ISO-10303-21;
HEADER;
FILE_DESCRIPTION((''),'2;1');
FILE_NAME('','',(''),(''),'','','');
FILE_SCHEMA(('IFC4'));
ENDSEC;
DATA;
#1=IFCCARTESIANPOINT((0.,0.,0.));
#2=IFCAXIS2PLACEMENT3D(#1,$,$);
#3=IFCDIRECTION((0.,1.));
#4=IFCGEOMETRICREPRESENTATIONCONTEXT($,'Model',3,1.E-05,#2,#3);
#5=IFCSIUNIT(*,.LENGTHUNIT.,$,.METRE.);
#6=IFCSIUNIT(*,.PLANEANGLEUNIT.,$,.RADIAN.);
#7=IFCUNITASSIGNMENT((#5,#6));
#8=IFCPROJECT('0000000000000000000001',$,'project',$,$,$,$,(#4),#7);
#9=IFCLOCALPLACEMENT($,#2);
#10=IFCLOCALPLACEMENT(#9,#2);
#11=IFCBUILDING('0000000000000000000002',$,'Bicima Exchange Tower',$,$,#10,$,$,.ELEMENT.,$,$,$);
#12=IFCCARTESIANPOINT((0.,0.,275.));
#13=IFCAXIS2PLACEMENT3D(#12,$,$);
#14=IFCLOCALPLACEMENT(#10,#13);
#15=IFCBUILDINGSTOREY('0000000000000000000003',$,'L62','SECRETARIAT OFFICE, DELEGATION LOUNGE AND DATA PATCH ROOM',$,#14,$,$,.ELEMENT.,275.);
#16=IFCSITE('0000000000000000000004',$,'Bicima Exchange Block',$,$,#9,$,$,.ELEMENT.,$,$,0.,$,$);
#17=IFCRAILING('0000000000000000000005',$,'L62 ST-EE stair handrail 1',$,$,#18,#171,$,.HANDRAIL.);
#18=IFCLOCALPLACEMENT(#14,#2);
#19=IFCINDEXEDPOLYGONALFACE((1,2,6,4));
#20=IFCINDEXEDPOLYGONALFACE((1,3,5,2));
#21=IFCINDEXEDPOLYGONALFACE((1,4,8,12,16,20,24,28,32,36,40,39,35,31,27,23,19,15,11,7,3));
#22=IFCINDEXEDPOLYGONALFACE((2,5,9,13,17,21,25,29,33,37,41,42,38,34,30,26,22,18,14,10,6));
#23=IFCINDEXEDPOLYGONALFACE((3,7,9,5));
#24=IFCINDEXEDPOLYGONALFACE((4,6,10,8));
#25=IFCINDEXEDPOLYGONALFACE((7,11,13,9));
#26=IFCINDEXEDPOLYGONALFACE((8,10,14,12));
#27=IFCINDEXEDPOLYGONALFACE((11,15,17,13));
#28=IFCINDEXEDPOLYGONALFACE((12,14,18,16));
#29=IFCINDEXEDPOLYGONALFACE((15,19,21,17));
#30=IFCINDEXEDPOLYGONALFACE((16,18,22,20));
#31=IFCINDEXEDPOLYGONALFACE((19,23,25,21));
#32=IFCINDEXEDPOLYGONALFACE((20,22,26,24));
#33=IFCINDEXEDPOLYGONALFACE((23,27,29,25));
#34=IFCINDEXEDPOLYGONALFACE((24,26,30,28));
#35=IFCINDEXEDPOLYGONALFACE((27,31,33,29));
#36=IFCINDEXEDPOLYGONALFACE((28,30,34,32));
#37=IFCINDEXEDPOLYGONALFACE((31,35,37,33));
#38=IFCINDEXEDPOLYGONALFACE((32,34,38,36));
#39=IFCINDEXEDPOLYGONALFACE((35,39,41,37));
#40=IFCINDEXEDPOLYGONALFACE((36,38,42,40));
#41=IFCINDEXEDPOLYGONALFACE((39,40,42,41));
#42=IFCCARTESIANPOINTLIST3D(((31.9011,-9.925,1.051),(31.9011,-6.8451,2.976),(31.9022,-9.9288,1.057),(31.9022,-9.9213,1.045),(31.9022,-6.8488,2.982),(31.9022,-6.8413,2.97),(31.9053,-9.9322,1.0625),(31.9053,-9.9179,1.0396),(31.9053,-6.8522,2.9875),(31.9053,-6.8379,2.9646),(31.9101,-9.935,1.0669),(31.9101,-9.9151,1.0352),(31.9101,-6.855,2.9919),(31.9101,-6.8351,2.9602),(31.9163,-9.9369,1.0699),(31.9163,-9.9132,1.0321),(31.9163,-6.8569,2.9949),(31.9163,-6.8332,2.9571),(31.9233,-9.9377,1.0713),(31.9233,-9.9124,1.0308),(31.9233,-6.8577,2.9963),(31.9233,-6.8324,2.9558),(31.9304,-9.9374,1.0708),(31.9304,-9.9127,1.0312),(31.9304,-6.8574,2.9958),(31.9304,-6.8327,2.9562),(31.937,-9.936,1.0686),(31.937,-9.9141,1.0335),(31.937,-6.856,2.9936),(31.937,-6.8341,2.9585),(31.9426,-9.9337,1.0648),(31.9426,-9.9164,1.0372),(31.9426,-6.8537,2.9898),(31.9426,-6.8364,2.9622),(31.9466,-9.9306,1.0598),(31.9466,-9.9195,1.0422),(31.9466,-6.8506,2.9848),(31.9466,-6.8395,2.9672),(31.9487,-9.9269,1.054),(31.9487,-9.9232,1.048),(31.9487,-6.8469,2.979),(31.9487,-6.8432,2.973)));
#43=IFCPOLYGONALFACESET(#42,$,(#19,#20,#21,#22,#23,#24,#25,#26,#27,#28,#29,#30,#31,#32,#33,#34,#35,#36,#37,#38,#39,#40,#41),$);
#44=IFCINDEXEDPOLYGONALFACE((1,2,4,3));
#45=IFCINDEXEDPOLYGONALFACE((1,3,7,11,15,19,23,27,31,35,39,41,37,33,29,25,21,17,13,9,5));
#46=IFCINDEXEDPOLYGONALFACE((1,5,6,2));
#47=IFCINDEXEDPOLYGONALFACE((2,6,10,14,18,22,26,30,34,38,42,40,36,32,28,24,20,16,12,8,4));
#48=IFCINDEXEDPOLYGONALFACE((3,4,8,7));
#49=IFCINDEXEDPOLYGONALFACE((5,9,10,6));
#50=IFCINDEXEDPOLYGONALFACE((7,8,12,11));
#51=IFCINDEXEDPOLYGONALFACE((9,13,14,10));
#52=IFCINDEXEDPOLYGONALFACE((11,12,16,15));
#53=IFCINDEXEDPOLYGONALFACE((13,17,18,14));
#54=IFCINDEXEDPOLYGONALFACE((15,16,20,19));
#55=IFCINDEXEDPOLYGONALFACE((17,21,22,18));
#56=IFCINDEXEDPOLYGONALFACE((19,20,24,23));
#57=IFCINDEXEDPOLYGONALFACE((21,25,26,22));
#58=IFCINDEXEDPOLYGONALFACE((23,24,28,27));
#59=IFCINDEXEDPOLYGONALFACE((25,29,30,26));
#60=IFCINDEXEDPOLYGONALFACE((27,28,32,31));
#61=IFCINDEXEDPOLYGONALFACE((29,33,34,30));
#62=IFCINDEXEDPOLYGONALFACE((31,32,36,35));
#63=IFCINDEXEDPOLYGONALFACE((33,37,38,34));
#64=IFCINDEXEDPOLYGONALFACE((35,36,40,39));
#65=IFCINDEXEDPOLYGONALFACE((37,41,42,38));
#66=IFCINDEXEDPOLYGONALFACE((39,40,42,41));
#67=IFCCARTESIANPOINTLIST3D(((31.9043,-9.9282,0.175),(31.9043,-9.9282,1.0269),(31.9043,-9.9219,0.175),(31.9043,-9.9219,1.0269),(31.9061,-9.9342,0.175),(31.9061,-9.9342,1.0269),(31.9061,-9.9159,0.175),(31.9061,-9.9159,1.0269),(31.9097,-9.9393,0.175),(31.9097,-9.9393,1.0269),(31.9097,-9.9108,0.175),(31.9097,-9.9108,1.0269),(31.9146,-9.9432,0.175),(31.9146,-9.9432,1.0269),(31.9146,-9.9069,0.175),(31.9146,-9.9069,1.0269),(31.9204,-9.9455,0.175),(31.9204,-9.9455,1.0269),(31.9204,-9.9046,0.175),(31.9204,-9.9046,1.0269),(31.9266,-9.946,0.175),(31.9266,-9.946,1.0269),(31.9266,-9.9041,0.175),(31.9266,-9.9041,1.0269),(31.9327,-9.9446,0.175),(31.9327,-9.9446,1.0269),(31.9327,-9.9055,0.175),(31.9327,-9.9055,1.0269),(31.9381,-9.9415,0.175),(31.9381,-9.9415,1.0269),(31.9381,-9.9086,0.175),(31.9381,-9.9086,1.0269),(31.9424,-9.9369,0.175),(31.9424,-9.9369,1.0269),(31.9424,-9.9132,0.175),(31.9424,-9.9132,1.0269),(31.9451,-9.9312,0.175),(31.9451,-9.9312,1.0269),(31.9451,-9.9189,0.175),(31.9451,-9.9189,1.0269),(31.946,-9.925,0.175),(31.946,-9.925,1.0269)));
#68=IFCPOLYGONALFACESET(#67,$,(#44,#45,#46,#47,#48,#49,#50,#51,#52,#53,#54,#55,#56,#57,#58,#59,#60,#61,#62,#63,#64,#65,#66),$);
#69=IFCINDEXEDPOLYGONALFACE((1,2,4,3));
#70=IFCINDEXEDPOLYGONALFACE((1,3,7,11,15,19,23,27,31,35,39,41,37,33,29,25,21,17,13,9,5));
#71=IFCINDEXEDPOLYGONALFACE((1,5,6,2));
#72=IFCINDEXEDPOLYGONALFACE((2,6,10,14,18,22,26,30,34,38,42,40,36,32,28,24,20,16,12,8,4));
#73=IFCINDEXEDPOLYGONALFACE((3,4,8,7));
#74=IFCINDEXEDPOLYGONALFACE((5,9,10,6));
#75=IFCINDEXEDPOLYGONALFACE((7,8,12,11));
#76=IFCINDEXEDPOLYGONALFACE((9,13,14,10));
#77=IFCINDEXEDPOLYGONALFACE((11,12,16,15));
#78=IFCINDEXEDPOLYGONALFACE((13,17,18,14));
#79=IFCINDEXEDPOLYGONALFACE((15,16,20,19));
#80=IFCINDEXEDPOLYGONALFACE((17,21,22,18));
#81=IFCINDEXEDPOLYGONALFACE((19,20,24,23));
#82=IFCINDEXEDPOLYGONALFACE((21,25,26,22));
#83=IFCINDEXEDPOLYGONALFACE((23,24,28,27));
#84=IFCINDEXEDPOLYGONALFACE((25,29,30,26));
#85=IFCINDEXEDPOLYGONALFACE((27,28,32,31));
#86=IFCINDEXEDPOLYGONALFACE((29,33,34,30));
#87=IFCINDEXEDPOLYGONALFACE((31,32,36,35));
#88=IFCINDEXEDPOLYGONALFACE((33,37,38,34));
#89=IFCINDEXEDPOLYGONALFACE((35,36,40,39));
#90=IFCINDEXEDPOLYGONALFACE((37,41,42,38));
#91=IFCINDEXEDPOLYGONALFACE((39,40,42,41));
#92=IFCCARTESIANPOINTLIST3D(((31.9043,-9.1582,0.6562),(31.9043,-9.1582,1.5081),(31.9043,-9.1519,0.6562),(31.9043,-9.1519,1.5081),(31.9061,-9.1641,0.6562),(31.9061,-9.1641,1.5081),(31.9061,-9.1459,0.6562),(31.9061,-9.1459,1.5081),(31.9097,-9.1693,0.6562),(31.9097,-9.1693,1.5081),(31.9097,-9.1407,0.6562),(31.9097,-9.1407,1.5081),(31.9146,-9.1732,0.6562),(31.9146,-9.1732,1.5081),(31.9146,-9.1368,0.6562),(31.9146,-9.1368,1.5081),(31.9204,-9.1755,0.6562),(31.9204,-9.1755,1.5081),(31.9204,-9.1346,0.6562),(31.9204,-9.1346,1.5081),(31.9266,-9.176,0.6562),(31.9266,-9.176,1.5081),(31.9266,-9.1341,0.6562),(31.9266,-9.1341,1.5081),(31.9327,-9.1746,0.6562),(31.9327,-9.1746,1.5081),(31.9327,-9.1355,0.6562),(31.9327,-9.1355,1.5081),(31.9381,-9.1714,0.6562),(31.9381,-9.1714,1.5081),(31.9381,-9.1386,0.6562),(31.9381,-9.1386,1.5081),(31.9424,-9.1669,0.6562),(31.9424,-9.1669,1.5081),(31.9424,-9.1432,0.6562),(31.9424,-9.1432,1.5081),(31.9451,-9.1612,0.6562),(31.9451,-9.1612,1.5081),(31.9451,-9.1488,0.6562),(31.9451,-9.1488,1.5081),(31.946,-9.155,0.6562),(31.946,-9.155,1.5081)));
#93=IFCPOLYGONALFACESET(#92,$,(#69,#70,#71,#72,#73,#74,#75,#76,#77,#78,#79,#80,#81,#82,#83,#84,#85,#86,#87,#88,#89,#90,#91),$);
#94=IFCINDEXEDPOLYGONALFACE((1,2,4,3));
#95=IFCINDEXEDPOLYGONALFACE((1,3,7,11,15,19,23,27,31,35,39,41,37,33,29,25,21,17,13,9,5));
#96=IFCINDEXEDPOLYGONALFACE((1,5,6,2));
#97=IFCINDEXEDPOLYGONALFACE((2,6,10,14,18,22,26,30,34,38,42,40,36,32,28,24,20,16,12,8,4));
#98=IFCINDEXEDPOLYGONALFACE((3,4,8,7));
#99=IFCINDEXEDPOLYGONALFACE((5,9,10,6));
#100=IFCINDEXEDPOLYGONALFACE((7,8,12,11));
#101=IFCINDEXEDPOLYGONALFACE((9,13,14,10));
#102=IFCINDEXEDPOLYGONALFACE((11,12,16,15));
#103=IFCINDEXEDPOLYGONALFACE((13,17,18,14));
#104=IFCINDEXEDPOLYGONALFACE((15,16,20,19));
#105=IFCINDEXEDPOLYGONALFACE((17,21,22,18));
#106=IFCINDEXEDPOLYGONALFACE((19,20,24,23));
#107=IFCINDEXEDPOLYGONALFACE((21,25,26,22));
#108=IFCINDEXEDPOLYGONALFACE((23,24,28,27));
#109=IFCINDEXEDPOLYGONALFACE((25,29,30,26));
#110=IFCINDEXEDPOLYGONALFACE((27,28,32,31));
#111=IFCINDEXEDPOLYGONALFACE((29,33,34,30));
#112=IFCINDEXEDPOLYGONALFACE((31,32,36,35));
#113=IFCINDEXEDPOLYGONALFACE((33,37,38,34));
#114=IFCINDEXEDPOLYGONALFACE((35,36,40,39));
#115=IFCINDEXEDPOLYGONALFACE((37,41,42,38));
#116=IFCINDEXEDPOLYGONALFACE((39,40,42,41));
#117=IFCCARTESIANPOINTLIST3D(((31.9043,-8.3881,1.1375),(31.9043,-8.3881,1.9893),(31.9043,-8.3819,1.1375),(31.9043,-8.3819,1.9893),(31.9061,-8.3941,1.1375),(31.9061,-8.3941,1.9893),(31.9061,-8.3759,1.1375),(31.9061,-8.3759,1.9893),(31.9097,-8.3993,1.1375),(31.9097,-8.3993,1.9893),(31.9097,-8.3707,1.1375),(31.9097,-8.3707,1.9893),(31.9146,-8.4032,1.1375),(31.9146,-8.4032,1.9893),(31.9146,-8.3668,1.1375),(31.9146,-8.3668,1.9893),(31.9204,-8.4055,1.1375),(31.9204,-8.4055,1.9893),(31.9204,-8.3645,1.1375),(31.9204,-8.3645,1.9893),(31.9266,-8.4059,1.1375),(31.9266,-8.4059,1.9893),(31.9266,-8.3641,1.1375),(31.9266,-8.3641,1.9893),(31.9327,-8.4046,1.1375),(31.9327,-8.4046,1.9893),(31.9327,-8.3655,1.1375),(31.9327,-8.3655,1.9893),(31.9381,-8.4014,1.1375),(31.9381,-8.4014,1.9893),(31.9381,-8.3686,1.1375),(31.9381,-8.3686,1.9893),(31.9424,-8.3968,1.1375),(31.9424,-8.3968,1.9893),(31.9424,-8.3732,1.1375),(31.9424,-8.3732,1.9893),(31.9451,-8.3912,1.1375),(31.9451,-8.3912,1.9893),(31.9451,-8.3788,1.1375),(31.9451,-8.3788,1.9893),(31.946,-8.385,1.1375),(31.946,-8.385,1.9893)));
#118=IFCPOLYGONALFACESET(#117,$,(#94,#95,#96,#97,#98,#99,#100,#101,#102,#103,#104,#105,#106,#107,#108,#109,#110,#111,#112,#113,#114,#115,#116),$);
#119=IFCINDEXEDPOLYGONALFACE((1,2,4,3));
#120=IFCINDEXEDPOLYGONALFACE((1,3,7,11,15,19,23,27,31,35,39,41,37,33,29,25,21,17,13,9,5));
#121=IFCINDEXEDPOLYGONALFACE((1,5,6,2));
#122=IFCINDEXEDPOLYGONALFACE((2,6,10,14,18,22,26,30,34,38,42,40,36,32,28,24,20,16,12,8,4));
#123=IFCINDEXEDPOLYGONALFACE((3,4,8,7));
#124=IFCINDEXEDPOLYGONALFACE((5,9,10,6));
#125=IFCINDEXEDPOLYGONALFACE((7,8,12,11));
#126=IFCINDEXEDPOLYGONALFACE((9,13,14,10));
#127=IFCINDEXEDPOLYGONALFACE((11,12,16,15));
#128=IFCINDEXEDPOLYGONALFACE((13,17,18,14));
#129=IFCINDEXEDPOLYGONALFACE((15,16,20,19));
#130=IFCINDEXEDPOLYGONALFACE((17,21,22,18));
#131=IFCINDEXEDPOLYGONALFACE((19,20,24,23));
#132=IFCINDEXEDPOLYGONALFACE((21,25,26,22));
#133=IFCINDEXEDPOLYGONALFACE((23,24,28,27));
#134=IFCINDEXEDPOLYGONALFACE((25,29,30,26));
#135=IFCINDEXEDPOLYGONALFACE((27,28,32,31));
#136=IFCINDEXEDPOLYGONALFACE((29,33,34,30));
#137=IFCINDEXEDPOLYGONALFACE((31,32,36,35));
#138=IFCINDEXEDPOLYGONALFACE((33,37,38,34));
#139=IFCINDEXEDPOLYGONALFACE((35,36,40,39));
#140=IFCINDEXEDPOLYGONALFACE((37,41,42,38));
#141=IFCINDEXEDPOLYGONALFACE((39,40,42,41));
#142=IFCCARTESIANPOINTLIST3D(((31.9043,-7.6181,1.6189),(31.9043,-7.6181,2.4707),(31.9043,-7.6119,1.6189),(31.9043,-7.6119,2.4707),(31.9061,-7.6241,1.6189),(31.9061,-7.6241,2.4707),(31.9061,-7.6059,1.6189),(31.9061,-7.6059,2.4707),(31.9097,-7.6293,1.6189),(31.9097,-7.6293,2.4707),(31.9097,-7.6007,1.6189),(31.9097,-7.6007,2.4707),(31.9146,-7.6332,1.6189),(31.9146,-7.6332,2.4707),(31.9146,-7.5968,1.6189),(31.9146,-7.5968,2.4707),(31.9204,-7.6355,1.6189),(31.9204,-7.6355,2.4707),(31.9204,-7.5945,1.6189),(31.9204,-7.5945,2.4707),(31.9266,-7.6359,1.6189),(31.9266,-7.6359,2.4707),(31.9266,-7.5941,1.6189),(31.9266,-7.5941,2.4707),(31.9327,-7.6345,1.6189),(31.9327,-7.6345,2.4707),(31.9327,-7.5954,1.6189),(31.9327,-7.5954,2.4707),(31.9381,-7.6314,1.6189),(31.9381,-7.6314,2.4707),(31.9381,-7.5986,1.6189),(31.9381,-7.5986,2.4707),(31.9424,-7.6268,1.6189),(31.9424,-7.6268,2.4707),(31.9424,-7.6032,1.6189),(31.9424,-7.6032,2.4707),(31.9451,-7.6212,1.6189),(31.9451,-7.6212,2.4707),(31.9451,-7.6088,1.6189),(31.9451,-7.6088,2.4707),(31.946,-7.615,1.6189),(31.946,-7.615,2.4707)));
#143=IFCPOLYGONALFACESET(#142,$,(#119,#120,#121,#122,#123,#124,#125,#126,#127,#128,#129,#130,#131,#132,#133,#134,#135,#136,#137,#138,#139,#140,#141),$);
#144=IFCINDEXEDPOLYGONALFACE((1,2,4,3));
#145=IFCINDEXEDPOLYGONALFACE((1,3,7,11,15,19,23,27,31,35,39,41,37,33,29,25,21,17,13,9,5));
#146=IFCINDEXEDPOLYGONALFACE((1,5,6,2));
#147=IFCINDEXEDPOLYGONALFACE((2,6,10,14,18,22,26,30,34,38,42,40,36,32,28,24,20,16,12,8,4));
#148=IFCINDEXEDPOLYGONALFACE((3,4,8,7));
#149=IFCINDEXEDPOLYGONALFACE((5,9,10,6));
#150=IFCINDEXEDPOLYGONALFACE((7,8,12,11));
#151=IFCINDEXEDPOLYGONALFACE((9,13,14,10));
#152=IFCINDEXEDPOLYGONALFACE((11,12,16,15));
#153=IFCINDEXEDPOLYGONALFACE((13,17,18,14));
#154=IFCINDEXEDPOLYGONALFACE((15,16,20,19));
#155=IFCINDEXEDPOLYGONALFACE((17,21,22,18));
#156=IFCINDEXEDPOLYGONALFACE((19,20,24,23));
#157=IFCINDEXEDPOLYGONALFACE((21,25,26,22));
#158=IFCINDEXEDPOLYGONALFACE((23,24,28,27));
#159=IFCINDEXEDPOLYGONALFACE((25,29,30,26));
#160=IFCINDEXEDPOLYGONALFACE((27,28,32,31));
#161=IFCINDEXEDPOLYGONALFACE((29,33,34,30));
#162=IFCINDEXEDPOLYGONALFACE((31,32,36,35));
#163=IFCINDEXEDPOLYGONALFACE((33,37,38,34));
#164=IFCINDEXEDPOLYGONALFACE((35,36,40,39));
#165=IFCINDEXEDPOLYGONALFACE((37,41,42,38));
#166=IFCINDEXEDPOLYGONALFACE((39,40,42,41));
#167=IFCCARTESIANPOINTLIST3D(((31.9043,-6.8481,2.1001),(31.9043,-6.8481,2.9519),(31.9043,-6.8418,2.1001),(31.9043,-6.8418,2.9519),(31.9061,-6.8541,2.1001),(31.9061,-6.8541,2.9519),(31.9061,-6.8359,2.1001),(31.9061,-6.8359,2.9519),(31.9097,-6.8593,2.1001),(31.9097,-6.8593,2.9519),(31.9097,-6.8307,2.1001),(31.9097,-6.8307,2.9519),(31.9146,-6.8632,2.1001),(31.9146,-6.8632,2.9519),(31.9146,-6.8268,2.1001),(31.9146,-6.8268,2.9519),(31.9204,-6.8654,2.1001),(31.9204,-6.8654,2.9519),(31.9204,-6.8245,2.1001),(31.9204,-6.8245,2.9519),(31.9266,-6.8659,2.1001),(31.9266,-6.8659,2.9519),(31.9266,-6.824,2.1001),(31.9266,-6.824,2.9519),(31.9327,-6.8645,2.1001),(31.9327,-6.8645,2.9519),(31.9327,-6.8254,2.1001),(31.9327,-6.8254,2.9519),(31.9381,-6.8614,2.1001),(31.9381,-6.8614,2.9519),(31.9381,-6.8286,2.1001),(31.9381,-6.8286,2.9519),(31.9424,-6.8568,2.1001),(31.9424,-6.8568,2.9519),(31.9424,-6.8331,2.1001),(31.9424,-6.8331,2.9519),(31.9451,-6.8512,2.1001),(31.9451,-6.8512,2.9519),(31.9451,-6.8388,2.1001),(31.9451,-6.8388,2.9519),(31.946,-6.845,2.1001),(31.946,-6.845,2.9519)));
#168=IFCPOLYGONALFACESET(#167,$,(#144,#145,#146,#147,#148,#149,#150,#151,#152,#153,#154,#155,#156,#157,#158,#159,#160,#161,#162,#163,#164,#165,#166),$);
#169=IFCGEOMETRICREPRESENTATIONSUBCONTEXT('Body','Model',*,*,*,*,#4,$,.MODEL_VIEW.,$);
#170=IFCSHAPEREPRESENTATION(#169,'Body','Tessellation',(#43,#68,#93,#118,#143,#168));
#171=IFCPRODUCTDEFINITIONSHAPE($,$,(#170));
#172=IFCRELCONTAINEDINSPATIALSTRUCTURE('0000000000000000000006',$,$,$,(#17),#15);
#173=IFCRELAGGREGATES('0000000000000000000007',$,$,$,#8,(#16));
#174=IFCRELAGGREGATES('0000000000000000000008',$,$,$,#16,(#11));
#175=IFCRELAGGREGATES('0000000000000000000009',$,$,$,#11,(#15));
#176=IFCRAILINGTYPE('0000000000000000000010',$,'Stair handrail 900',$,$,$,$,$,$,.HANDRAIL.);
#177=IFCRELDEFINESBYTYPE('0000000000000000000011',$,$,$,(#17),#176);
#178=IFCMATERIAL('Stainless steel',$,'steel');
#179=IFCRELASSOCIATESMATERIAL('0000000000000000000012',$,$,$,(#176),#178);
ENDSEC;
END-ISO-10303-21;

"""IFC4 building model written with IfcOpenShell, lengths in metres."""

from ifc_helpers import new_model, si_unit, direction, frame, origin, origin_2d, place, context, subcontext, project, spatial, circle, extrude, material, type_object, element, save


model = new_model("IFC4")

# Units and contexts
model_context = context("Model", 3, precision=1e-05, world=origin(), true_north=direction((0.0, 1.0)))
body_context = subcontext(model_context, "Body", "Model", "MODEL_VIEW")
ifc_project = project(units=[si_unit("LENGTHUNIT", "METRE"), si_unit("PLANEANGLEUNIT", "RADIAN")], contexts=[model_context])

# Site, building, storey
site_placement = place(None, origin())
site = spatial("IfcSite", under=ifc_project, at=site_placement, Name="Bicima Exchange Block", CompositionType="ELEMENT", RefElevation=0.0)
building_placement = place(site_placement, origin())
building = spatial("IfcBuilding", under=site, at=building_placement, Name="Bicima Exchange Tower", CompositionType="ELEMENT")
storey_placement = place(building_placement, frame((0.0, 0.0, 275.0)))
storey = spatial("IfcBuildingStorey", under=building, at=storey_placement, Name="L62", Description="SECRETARIAT OFFICE, DELEGATION LOUNGE AND DATA PATCH ROOM", CompositionType="ELEMENT", Elevation=275.0)

# Railing
ifc_material_1 = material(Name="Stainless steel", Category="steel")
railing_type_1 = type_object("IfcRailingType", Name="Stair handrail 900", PredefinedType="HANDRAIL", material=ifc_material_1)
railing_1_placement = place(storey_placement, frame((31.925, -9.925, 0.175)))
element("IfcRailing", 1, at=railing_1_placement, inside=storey, type_object=railing_type_1, Name="L62 ST-EE stair handrail 1", PredefinedType="HANDRAIL", context=body_context, shape_type="SweptSolid", body=[
    extrude(circle(Radius=0.0239, at=origin_2d()), frame((0.0, 0.0, 0.876), z_axis=(0.0, 0.847998, 0.529999), x_axis=(-1.0, 0.0, 0.0)), (0.0, 0.0, 1.0), 3.6321),
    extrude(circle(Radius=0.021, at=origin_2d()), origin(), (0.0, 0.0, 1.0), 0.8518),
    extrude(circle(Radius=0.021, at=origin_2d()), frame((0.0, 0.77, 0.4812)), (0.0, 0.0, 1.0), 0.8518),
    extrude(circle(Radius=0.021, at=origin_2d()), frame((0.0, 1.54, 0.9624)), (0.0, 0.0, 1.0), 0.8518),
    extrude(circle(Radius=0.021, at=origin_2d()), frame((0.0, 2.3101, 1.4438)), (0.0, 0.0, 1.0), 0.8518),
    extrude(circle(Radius=0.021, at=origin_2d()), frame((0.0, 3.0801, 1.925)), (0.0, 0.0, 1.0), 0.8518),
])

save(model, "model.ifc")
